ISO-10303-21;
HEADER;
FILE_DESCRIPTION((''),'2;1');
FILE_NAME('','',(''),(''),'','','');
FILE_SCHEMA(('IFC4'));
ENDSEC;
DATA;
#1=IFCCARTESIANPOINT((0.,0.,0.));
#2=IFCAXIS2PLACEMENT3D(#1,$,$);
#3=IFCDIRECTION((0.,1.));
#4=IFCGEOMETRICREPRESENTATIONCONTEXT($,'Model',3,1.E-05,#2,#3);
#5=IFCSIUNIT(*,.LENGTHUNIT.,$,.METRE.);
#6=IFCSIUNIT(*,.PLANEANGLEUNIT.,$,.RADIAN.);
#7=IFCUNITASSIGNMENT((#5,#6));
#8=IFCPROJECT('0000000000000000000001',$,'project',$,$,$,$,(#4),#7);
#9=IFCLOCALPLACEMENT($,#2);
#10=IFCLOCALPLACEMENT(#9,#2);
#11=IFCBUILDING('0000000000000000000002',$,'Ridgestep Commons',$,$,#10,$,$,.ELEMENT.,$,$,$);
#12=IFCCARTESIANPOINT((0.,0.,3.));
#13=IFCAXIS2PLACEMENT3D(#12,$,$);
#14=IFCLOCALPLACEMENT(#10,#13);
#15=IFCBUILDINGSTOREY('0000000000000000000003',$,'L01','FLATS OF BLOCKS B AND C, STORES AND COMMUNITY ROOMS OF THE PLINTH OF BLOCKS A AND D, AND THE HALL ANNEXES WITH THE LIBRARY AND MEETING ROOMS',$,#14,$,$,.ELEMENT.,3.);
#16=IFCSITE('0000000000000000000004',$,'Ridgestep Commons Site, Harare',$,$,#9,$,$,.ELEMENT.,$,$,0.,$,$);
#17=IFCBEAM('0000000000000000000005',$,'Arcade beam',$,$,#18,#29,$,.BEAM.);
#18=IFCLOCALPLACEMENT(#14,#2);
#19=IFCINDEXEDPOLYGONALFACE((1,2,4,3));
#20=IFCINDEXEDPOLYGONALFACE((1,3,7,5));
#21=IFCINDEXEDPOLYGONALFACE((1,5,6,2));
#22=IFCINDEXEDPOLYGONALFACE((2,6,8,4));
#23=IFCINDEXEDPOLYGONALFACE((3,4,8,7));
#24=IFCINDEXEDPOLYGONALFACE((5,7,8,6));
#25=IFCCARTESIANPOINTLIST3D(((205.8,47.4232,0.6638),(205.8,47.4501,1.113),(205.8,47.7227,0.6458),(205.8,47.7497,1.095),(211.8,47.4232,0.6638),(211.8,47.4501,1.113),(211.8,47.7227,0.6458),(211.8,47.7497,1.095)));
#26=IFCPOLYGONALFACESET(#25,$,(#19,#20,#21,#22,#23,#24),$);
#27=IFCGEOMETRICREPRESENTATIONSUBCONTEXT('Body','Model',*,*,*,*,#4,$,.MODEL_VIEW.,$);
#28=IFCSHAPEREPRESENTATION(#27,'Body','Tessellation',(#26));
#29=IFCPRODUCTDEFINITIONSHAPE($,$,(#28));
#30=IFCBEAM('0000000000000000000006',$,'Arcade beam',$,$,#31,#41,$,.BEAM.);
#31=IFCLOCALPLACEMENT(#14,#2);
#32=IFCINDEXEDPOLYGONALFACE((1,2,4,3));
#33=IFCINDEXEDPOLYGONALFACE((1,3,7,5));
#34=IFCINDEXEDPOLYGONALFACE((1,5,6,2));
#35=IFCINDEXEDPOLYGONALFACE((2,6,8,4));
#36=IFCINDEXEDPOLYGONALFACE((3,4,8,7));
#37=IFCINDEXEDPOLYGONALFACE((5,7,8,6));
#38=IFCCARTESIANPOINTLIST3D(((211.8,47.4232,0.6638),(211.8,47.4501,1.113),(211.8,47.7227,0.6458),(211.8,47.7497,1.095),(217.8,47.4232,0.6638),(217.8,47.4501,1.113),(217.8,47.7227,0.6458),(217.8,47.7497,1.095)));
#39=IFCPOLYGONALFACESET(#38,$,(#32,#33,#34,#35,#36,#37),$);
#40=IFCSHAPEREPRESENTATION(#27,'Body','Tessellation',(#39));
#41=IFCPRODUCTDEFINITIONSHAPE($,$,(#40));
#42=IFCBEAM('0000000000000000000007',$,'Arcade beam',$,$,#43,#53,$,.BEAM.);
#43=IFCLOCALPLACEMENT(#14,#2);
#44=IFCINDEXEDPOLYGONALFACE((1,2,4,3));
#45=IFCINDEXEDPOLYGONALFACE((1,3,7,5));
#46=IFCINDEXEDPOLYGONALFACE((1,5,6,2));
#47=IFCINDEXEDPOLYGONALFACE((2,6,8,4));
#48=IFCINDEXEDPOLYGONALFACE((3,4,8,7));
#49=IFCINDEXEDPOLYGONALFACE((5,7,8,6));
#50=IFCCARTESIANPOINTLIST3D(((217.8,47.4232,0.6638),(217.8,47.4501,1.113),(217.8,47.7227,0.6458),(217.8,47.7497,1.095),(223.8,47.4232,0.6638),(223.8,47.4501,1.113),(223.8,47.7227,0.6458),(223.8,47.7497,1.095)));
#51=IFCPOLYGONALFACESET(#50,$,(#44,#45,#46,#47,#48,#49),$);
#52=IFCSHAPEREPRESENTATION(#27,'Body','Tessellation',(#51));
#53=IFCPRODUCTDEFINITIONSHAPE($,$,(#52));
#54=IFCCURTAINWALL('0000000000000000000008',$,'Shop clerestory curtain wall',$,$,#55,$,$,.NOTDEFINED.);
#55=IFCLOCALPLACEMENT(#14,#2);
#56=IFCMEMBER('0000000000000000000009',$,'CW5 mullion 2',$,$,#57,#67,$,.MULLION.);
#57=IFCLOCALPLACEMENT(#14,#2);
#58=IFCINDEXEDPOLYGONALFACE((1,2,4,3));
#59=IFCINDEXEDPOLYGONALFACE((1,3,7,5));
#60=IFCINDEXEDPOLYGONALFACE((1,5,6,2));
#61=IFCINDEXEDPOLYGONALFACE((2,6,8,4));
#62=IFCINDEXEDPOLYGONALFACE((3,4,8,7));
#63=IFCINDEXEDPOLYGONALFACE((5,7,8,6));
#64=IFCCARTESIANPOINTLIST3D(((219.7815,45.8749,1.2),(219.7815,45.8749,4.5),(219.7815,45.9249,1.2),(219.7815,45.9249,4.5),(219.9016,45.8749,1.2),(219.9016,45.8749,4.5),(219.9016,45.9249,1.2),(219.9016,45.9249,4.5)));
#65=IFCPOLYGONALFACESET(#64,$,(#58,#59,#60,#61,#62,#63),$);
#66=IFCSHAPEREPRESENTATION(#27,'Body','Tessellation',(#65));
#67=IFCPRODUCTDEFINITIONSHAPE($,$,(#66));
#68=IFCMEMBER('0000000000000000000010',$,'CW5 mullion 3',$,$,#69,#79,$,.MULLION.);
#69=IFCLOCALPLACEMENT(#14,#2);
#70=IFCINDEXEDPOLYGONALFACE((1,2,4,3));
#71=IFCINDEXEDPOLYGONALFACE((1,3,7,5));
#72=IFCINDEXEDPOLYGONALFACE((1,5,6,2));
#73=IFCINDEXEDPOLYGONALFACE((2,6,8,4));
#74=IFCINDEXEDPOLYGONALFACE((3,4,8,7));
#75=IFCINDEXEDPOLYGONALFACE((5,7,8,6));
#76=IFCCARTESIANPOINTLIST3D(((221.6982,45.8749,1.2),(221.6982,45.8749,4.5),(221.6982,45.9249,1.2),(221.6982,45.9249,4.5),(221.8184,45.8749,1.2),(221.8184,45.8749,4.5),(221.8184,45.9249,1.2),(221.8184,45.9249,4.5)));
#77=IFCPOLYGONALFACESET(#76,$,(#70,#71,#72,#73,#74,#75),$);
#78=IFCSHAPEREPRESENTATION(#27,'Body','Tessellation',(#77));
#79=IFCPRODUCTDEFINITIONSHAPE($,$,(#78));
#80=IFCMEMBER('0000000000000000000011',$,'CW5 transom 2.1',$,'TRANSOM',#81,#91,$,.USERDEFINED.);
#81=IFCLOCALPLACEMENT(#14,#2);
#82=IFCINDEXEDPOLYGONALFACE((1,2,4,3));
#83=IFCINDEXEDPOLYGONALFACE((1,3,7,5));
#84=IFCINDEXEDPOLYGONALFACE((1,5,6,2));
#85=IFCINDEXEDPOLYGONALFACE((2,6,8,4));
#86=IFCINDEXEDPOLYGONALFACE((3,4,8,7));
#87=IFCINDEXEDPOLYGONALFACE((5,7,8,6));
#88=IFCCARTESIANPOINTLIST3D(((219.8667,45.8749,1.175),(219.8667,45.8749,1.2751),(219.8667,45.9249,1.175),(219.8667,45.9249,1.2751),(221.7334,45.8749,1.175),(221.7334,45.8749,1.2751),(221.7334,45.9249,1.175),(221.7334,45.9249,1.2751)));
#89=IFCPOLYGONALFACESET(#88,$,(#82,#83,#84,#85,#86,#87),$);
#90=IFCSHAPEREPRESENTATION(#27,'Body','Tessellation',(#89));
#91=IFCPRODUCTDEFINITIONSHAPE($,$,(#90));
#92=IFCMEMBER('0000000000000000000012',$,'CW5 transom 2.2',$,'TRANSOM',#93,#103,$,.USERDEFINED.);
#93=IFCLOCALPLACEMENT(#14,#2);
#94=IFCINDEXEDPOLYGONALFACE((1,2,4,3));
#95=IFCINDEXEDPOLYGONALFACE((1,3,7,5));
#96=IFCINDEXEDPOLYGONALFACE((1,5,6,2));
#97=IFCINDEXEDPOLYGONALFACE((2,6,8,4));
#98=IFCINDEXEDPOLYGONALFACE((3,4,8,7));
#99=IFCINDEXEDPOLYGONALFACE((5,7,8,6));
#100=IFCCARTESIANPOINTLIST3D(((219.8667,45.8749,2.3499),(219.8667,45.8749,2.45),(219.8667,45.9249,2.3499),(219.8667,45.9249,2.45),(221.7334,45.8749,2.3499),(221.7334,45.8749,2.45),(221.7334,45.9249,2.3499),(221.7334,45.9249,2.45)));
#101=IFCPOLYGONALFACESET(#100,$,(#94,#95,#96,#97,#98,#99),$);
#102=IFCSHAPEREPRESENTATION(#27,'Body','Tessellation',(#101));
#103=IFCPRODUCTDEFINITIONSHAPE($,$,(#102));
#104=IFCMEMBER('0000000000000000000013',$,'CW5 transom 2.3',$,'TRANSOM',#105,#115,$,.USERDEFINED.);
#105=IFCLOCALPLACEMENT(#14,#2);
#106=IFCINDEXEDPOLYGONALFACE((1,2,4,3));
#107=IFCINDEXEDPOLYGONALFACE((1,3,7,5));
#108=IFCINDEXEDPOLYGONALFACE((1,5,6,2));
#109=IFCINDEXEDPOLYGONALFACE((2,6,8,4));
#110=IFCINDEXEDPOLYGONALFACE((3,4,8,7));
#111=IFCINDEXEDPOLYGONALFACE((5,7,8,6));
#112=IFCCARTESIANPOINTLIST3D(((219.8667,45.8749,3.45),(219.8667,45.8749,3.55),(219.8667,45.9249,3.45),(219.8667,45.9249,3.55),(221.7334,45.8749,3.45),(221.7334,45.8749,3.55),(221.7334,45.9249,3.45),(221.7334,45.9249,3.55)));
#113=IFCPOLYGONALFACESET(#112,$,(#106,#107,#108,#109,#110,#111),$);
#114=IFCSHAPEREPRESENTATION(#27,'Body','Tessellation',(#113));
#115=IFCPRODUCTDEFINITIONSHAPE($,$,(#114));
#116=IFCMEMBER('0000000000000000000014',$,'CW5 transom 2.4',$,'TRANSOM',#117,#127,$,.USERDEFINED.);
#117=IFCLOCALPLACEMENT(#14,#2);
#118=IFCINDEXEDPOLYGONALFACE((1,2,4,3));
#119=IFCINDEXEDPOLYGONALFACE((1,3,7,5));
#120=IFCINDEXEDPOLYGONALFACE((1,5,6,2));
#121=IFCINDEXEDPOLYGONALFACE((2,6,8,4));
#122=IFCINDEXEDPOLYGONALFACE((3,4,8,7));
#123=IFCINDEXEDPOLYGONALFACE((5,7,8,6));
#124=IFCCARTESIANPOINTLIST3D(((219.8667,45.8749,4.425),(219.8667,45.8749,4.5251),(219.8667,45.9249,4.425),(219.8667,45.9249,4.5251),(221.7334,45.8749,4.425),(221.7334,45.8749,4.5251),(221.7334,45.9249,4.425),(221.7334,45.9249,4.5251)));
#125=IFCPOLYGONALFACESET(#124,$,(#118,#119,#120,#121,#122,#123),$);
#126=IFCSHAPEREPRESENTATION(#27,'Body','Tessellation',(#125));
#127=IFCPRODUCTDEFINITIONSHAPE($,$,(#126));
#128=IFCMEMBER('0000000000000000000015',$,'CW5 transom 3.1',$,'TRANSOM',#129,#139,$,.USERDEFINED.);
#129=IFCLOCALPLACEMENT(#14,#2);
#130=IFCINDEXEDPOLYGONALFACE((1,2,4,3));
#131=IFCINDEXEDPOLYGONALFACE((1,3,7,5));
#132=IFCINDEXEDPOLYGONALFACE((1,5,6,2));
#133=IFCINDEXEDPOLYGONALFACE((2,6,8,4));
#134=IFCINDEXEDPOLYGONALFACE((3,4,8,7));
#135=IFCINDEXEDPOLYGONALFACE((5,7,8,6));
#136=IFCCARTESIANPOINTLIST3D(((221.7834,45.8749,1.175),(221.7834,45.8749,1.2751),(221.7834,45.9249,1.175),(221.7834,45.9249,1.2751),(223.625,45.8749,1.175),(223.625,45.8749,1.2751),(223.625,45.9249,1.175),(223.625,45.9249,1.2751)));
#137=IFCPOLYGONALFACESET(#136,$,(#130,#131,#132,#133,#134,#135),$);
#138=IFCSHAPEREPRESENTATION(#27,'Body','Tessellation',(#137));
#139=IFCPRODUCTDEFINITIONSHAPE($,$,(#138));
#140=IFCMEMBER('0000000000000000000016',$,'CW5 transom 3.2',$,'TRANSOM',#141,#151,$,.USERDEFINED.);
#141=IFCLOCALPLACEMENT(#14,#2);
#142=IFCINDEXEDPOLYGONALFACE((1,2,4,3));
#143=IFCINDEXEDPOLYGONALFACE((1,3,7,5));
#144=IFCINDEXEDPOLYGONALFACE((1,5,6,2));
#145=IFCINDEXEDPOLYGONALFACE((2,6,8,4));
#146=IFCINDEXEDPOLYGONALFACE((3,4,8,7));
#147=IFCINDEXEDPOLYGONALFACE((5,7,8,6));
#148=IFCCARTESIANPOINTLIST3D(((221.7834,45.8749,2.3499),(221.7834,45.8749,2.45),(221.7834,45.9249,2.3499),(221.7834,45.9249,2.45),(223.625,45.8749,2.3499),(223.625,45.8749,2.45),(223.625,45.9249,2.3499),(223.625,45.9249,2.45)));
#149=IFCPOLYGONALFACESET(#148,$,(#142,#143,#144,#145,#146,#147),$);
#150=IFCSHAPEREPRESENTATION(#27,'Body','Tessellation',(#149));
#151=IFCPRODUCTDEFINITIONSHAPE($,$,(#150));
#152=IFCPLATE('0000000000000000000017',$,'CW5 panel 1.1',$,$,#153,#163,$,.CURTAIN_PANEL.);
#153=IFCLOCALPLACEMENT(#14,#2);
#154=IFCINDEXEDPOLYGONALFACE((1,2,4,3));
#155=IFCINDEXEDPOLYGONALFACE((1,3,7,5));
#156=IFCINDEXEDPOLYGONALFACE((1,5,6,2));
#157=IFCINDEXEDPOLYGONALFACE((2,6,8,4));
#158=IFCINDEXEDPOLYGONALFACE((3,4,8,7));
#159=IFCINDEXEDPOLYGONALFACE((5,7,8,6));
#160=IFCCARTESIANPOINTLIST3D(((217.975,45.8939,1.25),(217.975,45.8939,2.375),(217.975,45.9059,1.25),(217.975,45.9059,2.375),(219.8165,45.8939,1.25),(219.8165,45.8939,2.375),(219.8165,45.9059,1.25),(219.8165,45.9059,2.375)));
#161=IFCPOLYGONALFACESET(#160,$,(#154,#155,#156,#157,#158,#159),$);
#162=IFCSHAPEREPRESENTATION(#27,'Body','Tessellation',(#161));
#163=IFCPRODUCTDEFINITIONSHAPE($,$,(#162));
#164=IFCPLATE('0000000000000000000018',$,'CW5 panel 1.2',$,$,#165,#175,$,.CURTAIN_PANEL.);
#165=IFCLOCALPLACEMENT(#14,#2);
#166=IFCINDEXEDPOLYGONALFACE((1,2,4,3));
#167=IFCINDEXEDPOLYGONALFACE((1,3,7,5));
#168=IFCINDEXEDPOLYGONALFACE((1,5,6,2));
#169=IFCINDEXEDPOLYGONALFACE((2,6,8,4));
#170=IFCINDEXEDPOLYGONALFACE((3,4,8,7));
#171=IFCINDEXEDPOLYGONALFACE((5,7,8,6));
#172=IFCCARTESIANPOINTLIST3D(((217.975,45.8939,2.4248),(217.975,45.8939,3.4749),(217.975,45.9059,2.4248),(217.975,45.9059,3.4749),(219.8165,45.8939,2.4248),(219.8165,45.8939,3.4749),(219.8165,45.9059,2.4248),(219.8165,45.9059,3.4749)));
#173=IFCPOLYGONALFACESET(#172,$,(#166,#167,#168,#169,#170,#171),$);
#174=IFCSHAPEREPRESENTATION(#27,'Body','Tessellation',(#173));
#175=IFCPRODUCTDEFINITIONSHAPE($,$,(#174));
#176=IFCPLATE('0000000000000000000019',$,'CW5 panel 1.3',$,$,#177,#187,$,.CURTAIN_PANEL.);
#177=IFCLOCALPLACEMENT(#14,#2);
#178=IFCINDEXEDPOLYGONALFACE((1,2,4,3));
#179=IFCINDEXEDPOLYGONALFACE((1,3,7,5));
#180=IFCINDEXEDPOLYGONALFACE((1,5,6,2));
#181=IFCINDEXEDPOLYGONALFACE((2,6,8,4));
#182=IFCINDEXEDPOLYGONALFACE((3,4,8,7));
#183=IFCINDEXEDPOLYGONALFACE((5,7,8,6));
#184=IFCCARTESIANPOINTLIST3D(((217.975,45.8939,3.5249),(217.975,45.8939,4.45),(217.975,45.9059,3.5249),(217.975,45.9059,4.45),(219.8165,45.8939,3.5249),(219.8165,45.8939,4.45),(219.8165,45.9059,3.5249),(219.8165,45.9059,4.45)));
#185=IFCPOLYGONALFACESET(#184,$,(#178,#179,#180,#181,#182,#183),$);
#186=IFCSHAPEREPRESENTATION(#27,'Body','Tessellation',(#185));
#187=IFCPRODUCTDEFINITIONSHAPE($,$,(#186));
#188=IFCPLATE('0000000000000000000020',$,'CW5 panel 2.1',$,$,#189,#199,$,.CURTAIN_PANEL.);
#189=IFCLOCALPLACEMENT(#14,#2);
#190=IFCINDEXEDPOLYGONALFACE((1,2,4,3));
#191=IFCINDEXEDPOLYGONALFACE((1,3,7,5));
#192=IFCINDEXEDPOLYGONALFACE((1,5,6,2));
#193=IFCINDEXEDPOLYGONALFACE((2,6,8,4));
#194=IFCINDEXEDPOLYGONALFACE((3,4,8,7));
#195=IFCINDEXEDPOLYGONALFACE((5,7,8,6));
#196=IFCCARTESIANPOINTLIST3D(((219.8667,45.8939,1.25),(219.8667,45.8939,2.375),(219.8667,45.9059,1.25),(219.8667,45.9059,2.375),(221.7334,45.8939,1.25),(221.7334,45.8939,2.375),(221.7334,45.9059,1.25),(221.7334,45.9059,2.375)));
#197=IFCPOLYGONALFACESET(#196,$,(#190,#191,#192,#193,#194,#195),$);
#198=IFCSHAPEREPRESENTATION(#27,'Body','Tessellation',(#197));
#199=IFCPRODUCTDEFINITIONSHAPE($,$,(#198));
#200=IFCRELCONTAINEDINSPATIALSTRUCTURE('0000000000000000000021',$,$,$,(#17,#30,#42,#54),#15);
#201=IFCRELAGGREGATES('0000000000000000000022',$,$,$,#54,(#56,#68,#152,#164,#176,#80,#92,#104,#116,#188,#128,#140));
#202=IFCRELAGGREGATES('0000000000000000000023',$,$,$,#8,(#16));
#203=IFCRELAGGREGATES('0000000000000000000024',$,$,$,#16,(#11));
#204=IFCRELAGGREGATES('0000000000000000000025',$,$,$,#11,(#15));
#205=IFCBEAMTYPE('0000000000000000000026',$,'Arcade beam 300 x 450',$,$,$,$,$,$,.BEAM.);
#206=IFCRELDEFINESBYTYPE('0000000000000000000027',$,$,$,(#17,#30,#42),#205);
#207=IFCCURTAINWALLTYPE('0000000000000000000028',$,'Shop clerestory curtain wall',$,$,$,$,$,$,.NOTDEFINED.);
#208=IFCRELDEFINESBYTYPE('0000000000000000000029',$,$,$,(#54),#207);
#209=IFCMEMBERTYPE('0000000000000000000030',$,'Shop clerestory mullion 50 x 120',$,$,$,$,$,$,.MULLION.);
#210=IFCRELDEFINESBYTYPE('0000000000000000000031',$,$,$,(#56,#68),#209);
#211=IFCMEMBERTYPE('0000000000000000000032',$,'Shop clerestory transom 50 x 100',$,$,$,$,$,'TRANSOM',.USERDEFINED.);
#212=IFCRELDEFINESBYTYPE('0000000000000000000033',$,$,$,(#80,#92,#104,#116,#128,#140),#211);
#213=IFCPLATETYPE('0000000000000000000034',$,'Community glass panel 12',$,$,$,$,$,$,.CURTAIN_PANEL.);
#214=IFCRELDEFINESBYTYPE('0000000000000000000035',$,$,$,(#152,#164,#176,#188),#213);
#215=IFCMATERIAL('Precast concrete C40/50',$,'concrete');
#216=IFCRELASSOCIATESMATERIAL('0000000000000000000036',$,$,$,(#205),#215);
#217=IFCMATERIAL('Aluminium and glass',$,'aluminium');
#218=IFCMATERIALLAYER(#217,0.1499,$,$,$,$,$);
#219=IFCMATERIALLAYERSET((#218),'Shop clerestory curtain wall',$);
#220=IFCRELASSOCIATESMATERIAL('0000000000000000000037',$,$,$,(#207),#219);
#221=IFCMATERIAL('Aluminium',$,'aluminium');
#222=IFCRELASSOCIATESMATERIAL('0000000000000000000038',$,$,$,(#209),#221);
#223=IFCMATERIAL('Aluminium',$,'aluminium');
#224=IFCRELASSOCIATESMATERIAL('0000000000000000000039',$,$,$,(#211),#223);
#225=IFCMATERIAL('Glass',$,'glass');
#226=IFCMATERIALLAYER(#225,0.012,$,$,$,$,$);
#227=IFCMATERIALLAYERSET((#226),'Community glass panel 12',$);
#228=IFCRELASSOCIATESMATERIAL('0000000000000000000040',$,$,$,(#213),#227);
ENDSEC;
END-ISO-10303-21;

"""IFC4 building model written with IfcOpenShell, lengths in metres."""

from ifc_helpers import new_model, si_unit, direction, frame, origin, origin_2d, place, context, subcontext, project, spatial, rectangle, extrude, material, layer, layer_set, material_profile, profile_set, type_object, element, aggregate, save


model = new_model("IFC4")

# Units and contexts
model_context = context("Model", 3, precision=1e-05, world=origin(), true_north=direction((0.0, 1.0)))
body_context = subcontext(model_context, "Body", "Model", "MODEL_VIEW")
ifc_project = project(units=[si_unit("LENGTHUNIT", "METRE"), si_unit("PLANEANGLEUNIT", "RADIAN")], contexts=[model_context])

# Site, building, storey
site_placement = place(None, origin())
site = spatial("IfcSite", under=ifc_project, at=site_placement, Name="Ridgestep Commons Site, Harare", CompositionType="ELEMENT", RefElevation=0.0)
building_placement = place(site_placement, origin())
building = spatial("IfcBuilding", under=site, at=building_placement, Name="Ridgestep Commons", CompositionType="ELEMENT")
storey_placement = place(building_placement, frame((0.0, 0.0, 3.0)))
storey = spatial("IfcBuildingStorey", under=building, at=storey_placement, Name="L01", Description="FLATS OF BLOCKS B AND C, STORES AND COMMUNITY ROOMS OF THE PLINTH OF BLOCKS A AND D, AND THE HALL ANNEXES WITH THE LIBRARY AND MEETING ROOMS", CompositionType="ELEMENT", Elevation=3.0)

# Beams
ifc_material_1 = material(Name="Precast concrete C40/50", Category="concrete")
ifc_material_profile_1 = material_profile(ifc_material_1, rectangle(XDim=0.3, YDim=0.45, at=origin_2d()), Name="Arcade beam 300 x 450")
ifc_profile_set_1 = profile_set([ifc_material_profile_1], Name="Precast concrete C40/50")
beam_type = type_object("IfcBeamType", Name="Arcade beam 300 x 450", PredefinedType="BEAM", material=ifc_profile_set_1)
for number, where, z_axis, x_axis, name in (
    (1, (205.8, 47.5864, 0.8794), (1.0, 0.0, 0.0), (0.0, 0.998205, -0.059892), "Arcade beam"),
    (2, (211.8, 47.5864, 0.8794), (1.0, 0.0, 0.0), (0.0, 0.998205, -0.059892), "Arcade beam"),
    (3, (217.8, 47.5864, 0.8794), (1.0, 0.0, 0.0), (0.0, 0.998205, -0.059892), "Arcade beam"),
):
    element("IfcBeam", number, at=place(storey_placement, frame(where, z_axis=z_axis, x_axis=x_axis)), inside=storey, type_object=beam_type, Name=name, PredefinedType="BEAM", context=body_context, shape_type="SweptSolid", body=[
        extrude(rectangle(XDim=0.3, YDim=0.45, at=origin_2d()), origin(), (0.0, 0.0, 1.0), 6.0),
    ])

# Curtain wall, members, plates
ifc_material_2 = material(Name="Aluminium and glass", Category="aluminium")
ifc_layer_1 = layer(ifc_material_2, 0.1499)
ifc_layer_set_1 = layer_set([ifc_layer_1], Name="Shop clerestory curtain wall")
curtain_wall_type = type_object("IfcCurtainWallType", Name="Shop clerestory curtain wall", PredefinedType="NOTDEFINED", material=ifc_layer_set_1)
curtain_wall_placement = place(storey_placement, origin())
curtain_wall = element("IfcCurtainWall", 4, at=curtain_wall_placement, inside=storey, type_object=curtain_wall_type, Name="Shop clerestory curtain wall", PredefinedType="NOTDEFINED")
ifc_material_3 = material(Name="Aluminium", Category="aluminium")
ifc_material_profile_2 = material_profile(ifc_material_3, rectangle(XDim=0.05, YDim=0.1201, at=origin_2d()), Name="Shop clerestory mullion 50 x 120")
ifc_profile_set_2 = profile_set([ifc_material_profile_2], Name="Aluminium")
member_type_1 = type_object("IfcMemberType", Name="Shop clerestory mullion 50 x 120", PredefinedType="MULLION", material=ifc_profile_set_2)
member_1_placement = place(storey_placement, frame((219.8416, 45.8999, 1.2), z_axis=(0.0, 0.0, 1.0), x_axis=(0.0, 1.0, 0.0)))
member_1 = element("IfcMember", 5, at=member_1_placement, type_object=member_type_1, Name="CW5 mullion 2", PredefinedType="MULLION", context=body_context, shape_type="SweptSolid", body=[
    extrude(rectangle(XDim=0.05, YDim=0.1201, at=origin_2d()), origin(), (0.0, 0.0, 1.0), 3.3),
])
member_2_placement = place(storey_placement, frame((221.7583, 45.8999, 1.2), z_axis=(0.0, 0.0, 1.0), x_axis=(0.0, 1.0, 0.0)))
member_2 = element("IfcMember", 6, at=member_2_placement, type_object=member_type_1, Name="CW5 mullion 3", PredefinedType="MULLION", context=body_context, shape_type="SweptSolid", body=[
    extrude(rectangle(XDim=0.05, YDim=0.1201, at=origin_2d()), origin(), (0.0, 0.0, 1.0), 3.3),
])
ifc_material_4 = material(Name="Aluminium", Category="aluminium")
ifc_material_profile_3 = material_profile(ifc_material_4, rectangle(XDim=0.05, YDim=0.1001, at=origin_2d()), Name="Shop clerestory transom 50 x 100")
ifc_profile_set_3 = profile_set([ifc_material_profile_3], Name="Aluminium")
member_type_2 = type_object("IfcMemberType", Name="Shop clerestory transom 50 x 100", ElementType="TRANSOM", PredefinedType="USERDEFINED", material=ifc_profile_set_3)
member_3_placement = place(storey_placement, frame((219.8667, 45.8999, 1.2251), z_axis=(1.0, 0.0, 0.0), x_axis=(0.0, 1.0, 0.0)))
member_3 = element("IfcMember", 7, at=member_3_placement, type_object=member_type_2, Name="CW5 transom 2.1", ObjectType="TRANSOM", PredefinedType="USERDEFINED", context=body_context, shape_type="SweptSolid", body=[
    extrude(rectangle(XDim=0.05, YDim=0.1001, at=origin_2d()), origin(), (0.0, 0.0, 1.0), 1.8667),
])
member_4_placement = place(storey_placement, frame((219.8667, 45.8999, 2.3999), z_axis=(1.0, 0.0, 0.0), x_axis=(0.0, 1.0, 0.0)))
member_4 = element("IfcMember", 8, at=member_4_placement, type_object=member_type_2, Name="CW5 transom 2.2", ObjectType="TRANSOM", PredefinedType="USERDEFINED", context=body_context, shape_type="SweptSolid", body=[
    extrude(rectangle(XDim=0.05, YDim=0.1001, at=origin_2d()), origin(), (0.0, 0.0, 1.0), 1.8667),
])
member_5_placement = place(storey_placement, frame((219.8667, 45.8999, 3.5), z_axis=(1.0, 0.0, 0.0), x_axis=(0.0, 1.0, 0.0)))
member_5 = element("IfcMember", 9, at=member_5_placement, type_object=member_type_2, Name="CW5 transom 2.3", ObjectType="TRANSOM", PredefinedType="USERDEFINED", context=body_context, shape_type="SweptSolid", body=[
    extrude(rectangle(XDim=0.05, YDim=0.1001, at=origin_2d()), origin(), (0.0, 0.0, 1.0), 1.8667),
])
member_6_placement = place(storey_placement, frame((219.8667, 45.8999, 4.4751), z_axis=(1.0, 0.0, 0.0), x_axis=(0.0, 1.0, 0.0)))
member_6 = element("IfcMember", 10, at=member_6_placement, type_object=member_type_2, Name="CW5 transom 2.4", ObjectType="TRANSOM", PredefinedType="USERDEFINED", context=body_context, shape_type="SweptSolid", body=[
    extrude(rectangle(XDim=0.05, YDim=0.1001, at=origin_2d()), origin(), (0.0, 0.0, 1.0), 1.8667),
])
member_7_placement = place(storey_placement, frame((221.7834, 45.8999, 1.2251), z_axis=(1.0, 0.0, 0.0), x_axis=(0.0, 1.0, 0.0)))
member_7 = element("IfcMember", 11, at=member_7_placement, type_object=member_type_2, Name="CW5 transom 3.1", ObjectType="TRANSOM", PredefinedType="USERDEFINED", context=body_context, shape_type="SweptSolid", body=[
    extrude(rectangle(XDim=0.05, YDim=0.1001, at=origin_2d()), origin(), (0.0, 0.0, 1.0), 1.8416),
])
member_8_placement = place(storey_placement, frame((221.7834, 45.8999, 2.3999), z_axis=(1.0, 0.0, 0.0), x_axis=(0.0, 1.0, 0.0)))
member_8 = element("IfcMember", 12, at=member_8_placement, type_object=member_type_2, Name="CW5 transom 3.2", ObjectType="TRANSOM", PredefinedType="USERDEFINED", context=body_context, shape_type="SweptSolid", body=[
    extrude(rectangle(XDim=0.05, YDim=0.1001, at=origin_2d()), origin(), (0.0, 0.0, 1.0), 1.8416),
])
ifc_material_5 = material(Name="Glass", Category="glass")
ifc_layer_2 = layer(ifc_material_5, 0.012)
ifc_layer_set_2 = layer_set([ifc_layer_2], Name="Community glass panel 12")
plate_type = type_object("IfcPlateType", Name="Community glass panel 12", PredefinedType="CURTAIN_PANEL", material=ifc_layer_set_2)
plate_1_placement = place(storey_placement, frame((218.8958, 45.8999, 1.25), z_axis=(0.0, 0.0, 1.0), x_axis=(1.0, 0.0, 0.0)))
plate_1 = element("IfcPlate", 13, at=plate_1_placement, type_object=plate_type, Name="CW5 panel 1.1", PredefinedType="CURTAIN_PANEL", context=body_context, shape_type="SweptSolid", body=[
    extrude(rectangle(XDim=1.8416, YDim=0.012, at=origin_2d()), origin(), (0.0, 0.0, 1.0), 1.125),
])
plate_2_placement = place(storey_placement, frame((218.8958, 45.8999, 2.4248), z_axis=(0.0, 0.0, 1.0), x_axis=(1.0, 0.0, 0.0)))
plate_2 = element("IfcPlate", 14, at=plate_2_placement, type_object=plate_type, Name="CW5 panel 1.2", PredefinedType="CURTAIN_PANEL", context=body_context, shape_type="SweptSolid", body=[
    extrude(rectangle(XDim=1.8416, YDim=0.012, at=origin_2d()), origin(), (0.0, 0.0, 1.0), 1.05),
])
plate_3_placement = place(storey_placement, frame((218.8958, 45.8999, 3.5249), z_axis=(0.0, 0.0, 1.0), x_axis=(1.0, 0.0, 0.0)))
plate_3 = element("IfcPlate", 15, at=plate_3_placement, type_object=plate_type, Name="CW5 panel 1.3", PredefinedType="CURTAIN_PANEL", context=body_context, shape_type="SweptSolid", body=[
    extrude(rectangle(XDim=1.8416, YDim=0.012, at=origin_2d()), origin(), (0.0, 0.0, 1.0), 0.925),
])
plate_4_placement = place(storey_placement, frame((220.8, 45.8999, 1.25), z_axis=(0.0, 0.0, 1.0), x_axis=(1.0, 0.0, 0.0)))
plate_4 = element("IfcPlate", 16, at=plate_4_placement, type_object=plate_type, Name="CW5 panel 2.1", PredefinedType="CURTAIN_PANEL", context=body_context, shape_type="SweptSolid", body=[
    extrude(rectangle(XDim=1.8667, YDim=0.012, at=origin_2d()), origin(), (0.0, 0.0, 1.0), 1.125),
])
aggregate(curtain_wall, [member_1, member_2, plate_1, plate_2, plate_3, member_3, member_4, member_5, member_6, plate_4, member_7, member_8])

save(model, "model.ifc")
